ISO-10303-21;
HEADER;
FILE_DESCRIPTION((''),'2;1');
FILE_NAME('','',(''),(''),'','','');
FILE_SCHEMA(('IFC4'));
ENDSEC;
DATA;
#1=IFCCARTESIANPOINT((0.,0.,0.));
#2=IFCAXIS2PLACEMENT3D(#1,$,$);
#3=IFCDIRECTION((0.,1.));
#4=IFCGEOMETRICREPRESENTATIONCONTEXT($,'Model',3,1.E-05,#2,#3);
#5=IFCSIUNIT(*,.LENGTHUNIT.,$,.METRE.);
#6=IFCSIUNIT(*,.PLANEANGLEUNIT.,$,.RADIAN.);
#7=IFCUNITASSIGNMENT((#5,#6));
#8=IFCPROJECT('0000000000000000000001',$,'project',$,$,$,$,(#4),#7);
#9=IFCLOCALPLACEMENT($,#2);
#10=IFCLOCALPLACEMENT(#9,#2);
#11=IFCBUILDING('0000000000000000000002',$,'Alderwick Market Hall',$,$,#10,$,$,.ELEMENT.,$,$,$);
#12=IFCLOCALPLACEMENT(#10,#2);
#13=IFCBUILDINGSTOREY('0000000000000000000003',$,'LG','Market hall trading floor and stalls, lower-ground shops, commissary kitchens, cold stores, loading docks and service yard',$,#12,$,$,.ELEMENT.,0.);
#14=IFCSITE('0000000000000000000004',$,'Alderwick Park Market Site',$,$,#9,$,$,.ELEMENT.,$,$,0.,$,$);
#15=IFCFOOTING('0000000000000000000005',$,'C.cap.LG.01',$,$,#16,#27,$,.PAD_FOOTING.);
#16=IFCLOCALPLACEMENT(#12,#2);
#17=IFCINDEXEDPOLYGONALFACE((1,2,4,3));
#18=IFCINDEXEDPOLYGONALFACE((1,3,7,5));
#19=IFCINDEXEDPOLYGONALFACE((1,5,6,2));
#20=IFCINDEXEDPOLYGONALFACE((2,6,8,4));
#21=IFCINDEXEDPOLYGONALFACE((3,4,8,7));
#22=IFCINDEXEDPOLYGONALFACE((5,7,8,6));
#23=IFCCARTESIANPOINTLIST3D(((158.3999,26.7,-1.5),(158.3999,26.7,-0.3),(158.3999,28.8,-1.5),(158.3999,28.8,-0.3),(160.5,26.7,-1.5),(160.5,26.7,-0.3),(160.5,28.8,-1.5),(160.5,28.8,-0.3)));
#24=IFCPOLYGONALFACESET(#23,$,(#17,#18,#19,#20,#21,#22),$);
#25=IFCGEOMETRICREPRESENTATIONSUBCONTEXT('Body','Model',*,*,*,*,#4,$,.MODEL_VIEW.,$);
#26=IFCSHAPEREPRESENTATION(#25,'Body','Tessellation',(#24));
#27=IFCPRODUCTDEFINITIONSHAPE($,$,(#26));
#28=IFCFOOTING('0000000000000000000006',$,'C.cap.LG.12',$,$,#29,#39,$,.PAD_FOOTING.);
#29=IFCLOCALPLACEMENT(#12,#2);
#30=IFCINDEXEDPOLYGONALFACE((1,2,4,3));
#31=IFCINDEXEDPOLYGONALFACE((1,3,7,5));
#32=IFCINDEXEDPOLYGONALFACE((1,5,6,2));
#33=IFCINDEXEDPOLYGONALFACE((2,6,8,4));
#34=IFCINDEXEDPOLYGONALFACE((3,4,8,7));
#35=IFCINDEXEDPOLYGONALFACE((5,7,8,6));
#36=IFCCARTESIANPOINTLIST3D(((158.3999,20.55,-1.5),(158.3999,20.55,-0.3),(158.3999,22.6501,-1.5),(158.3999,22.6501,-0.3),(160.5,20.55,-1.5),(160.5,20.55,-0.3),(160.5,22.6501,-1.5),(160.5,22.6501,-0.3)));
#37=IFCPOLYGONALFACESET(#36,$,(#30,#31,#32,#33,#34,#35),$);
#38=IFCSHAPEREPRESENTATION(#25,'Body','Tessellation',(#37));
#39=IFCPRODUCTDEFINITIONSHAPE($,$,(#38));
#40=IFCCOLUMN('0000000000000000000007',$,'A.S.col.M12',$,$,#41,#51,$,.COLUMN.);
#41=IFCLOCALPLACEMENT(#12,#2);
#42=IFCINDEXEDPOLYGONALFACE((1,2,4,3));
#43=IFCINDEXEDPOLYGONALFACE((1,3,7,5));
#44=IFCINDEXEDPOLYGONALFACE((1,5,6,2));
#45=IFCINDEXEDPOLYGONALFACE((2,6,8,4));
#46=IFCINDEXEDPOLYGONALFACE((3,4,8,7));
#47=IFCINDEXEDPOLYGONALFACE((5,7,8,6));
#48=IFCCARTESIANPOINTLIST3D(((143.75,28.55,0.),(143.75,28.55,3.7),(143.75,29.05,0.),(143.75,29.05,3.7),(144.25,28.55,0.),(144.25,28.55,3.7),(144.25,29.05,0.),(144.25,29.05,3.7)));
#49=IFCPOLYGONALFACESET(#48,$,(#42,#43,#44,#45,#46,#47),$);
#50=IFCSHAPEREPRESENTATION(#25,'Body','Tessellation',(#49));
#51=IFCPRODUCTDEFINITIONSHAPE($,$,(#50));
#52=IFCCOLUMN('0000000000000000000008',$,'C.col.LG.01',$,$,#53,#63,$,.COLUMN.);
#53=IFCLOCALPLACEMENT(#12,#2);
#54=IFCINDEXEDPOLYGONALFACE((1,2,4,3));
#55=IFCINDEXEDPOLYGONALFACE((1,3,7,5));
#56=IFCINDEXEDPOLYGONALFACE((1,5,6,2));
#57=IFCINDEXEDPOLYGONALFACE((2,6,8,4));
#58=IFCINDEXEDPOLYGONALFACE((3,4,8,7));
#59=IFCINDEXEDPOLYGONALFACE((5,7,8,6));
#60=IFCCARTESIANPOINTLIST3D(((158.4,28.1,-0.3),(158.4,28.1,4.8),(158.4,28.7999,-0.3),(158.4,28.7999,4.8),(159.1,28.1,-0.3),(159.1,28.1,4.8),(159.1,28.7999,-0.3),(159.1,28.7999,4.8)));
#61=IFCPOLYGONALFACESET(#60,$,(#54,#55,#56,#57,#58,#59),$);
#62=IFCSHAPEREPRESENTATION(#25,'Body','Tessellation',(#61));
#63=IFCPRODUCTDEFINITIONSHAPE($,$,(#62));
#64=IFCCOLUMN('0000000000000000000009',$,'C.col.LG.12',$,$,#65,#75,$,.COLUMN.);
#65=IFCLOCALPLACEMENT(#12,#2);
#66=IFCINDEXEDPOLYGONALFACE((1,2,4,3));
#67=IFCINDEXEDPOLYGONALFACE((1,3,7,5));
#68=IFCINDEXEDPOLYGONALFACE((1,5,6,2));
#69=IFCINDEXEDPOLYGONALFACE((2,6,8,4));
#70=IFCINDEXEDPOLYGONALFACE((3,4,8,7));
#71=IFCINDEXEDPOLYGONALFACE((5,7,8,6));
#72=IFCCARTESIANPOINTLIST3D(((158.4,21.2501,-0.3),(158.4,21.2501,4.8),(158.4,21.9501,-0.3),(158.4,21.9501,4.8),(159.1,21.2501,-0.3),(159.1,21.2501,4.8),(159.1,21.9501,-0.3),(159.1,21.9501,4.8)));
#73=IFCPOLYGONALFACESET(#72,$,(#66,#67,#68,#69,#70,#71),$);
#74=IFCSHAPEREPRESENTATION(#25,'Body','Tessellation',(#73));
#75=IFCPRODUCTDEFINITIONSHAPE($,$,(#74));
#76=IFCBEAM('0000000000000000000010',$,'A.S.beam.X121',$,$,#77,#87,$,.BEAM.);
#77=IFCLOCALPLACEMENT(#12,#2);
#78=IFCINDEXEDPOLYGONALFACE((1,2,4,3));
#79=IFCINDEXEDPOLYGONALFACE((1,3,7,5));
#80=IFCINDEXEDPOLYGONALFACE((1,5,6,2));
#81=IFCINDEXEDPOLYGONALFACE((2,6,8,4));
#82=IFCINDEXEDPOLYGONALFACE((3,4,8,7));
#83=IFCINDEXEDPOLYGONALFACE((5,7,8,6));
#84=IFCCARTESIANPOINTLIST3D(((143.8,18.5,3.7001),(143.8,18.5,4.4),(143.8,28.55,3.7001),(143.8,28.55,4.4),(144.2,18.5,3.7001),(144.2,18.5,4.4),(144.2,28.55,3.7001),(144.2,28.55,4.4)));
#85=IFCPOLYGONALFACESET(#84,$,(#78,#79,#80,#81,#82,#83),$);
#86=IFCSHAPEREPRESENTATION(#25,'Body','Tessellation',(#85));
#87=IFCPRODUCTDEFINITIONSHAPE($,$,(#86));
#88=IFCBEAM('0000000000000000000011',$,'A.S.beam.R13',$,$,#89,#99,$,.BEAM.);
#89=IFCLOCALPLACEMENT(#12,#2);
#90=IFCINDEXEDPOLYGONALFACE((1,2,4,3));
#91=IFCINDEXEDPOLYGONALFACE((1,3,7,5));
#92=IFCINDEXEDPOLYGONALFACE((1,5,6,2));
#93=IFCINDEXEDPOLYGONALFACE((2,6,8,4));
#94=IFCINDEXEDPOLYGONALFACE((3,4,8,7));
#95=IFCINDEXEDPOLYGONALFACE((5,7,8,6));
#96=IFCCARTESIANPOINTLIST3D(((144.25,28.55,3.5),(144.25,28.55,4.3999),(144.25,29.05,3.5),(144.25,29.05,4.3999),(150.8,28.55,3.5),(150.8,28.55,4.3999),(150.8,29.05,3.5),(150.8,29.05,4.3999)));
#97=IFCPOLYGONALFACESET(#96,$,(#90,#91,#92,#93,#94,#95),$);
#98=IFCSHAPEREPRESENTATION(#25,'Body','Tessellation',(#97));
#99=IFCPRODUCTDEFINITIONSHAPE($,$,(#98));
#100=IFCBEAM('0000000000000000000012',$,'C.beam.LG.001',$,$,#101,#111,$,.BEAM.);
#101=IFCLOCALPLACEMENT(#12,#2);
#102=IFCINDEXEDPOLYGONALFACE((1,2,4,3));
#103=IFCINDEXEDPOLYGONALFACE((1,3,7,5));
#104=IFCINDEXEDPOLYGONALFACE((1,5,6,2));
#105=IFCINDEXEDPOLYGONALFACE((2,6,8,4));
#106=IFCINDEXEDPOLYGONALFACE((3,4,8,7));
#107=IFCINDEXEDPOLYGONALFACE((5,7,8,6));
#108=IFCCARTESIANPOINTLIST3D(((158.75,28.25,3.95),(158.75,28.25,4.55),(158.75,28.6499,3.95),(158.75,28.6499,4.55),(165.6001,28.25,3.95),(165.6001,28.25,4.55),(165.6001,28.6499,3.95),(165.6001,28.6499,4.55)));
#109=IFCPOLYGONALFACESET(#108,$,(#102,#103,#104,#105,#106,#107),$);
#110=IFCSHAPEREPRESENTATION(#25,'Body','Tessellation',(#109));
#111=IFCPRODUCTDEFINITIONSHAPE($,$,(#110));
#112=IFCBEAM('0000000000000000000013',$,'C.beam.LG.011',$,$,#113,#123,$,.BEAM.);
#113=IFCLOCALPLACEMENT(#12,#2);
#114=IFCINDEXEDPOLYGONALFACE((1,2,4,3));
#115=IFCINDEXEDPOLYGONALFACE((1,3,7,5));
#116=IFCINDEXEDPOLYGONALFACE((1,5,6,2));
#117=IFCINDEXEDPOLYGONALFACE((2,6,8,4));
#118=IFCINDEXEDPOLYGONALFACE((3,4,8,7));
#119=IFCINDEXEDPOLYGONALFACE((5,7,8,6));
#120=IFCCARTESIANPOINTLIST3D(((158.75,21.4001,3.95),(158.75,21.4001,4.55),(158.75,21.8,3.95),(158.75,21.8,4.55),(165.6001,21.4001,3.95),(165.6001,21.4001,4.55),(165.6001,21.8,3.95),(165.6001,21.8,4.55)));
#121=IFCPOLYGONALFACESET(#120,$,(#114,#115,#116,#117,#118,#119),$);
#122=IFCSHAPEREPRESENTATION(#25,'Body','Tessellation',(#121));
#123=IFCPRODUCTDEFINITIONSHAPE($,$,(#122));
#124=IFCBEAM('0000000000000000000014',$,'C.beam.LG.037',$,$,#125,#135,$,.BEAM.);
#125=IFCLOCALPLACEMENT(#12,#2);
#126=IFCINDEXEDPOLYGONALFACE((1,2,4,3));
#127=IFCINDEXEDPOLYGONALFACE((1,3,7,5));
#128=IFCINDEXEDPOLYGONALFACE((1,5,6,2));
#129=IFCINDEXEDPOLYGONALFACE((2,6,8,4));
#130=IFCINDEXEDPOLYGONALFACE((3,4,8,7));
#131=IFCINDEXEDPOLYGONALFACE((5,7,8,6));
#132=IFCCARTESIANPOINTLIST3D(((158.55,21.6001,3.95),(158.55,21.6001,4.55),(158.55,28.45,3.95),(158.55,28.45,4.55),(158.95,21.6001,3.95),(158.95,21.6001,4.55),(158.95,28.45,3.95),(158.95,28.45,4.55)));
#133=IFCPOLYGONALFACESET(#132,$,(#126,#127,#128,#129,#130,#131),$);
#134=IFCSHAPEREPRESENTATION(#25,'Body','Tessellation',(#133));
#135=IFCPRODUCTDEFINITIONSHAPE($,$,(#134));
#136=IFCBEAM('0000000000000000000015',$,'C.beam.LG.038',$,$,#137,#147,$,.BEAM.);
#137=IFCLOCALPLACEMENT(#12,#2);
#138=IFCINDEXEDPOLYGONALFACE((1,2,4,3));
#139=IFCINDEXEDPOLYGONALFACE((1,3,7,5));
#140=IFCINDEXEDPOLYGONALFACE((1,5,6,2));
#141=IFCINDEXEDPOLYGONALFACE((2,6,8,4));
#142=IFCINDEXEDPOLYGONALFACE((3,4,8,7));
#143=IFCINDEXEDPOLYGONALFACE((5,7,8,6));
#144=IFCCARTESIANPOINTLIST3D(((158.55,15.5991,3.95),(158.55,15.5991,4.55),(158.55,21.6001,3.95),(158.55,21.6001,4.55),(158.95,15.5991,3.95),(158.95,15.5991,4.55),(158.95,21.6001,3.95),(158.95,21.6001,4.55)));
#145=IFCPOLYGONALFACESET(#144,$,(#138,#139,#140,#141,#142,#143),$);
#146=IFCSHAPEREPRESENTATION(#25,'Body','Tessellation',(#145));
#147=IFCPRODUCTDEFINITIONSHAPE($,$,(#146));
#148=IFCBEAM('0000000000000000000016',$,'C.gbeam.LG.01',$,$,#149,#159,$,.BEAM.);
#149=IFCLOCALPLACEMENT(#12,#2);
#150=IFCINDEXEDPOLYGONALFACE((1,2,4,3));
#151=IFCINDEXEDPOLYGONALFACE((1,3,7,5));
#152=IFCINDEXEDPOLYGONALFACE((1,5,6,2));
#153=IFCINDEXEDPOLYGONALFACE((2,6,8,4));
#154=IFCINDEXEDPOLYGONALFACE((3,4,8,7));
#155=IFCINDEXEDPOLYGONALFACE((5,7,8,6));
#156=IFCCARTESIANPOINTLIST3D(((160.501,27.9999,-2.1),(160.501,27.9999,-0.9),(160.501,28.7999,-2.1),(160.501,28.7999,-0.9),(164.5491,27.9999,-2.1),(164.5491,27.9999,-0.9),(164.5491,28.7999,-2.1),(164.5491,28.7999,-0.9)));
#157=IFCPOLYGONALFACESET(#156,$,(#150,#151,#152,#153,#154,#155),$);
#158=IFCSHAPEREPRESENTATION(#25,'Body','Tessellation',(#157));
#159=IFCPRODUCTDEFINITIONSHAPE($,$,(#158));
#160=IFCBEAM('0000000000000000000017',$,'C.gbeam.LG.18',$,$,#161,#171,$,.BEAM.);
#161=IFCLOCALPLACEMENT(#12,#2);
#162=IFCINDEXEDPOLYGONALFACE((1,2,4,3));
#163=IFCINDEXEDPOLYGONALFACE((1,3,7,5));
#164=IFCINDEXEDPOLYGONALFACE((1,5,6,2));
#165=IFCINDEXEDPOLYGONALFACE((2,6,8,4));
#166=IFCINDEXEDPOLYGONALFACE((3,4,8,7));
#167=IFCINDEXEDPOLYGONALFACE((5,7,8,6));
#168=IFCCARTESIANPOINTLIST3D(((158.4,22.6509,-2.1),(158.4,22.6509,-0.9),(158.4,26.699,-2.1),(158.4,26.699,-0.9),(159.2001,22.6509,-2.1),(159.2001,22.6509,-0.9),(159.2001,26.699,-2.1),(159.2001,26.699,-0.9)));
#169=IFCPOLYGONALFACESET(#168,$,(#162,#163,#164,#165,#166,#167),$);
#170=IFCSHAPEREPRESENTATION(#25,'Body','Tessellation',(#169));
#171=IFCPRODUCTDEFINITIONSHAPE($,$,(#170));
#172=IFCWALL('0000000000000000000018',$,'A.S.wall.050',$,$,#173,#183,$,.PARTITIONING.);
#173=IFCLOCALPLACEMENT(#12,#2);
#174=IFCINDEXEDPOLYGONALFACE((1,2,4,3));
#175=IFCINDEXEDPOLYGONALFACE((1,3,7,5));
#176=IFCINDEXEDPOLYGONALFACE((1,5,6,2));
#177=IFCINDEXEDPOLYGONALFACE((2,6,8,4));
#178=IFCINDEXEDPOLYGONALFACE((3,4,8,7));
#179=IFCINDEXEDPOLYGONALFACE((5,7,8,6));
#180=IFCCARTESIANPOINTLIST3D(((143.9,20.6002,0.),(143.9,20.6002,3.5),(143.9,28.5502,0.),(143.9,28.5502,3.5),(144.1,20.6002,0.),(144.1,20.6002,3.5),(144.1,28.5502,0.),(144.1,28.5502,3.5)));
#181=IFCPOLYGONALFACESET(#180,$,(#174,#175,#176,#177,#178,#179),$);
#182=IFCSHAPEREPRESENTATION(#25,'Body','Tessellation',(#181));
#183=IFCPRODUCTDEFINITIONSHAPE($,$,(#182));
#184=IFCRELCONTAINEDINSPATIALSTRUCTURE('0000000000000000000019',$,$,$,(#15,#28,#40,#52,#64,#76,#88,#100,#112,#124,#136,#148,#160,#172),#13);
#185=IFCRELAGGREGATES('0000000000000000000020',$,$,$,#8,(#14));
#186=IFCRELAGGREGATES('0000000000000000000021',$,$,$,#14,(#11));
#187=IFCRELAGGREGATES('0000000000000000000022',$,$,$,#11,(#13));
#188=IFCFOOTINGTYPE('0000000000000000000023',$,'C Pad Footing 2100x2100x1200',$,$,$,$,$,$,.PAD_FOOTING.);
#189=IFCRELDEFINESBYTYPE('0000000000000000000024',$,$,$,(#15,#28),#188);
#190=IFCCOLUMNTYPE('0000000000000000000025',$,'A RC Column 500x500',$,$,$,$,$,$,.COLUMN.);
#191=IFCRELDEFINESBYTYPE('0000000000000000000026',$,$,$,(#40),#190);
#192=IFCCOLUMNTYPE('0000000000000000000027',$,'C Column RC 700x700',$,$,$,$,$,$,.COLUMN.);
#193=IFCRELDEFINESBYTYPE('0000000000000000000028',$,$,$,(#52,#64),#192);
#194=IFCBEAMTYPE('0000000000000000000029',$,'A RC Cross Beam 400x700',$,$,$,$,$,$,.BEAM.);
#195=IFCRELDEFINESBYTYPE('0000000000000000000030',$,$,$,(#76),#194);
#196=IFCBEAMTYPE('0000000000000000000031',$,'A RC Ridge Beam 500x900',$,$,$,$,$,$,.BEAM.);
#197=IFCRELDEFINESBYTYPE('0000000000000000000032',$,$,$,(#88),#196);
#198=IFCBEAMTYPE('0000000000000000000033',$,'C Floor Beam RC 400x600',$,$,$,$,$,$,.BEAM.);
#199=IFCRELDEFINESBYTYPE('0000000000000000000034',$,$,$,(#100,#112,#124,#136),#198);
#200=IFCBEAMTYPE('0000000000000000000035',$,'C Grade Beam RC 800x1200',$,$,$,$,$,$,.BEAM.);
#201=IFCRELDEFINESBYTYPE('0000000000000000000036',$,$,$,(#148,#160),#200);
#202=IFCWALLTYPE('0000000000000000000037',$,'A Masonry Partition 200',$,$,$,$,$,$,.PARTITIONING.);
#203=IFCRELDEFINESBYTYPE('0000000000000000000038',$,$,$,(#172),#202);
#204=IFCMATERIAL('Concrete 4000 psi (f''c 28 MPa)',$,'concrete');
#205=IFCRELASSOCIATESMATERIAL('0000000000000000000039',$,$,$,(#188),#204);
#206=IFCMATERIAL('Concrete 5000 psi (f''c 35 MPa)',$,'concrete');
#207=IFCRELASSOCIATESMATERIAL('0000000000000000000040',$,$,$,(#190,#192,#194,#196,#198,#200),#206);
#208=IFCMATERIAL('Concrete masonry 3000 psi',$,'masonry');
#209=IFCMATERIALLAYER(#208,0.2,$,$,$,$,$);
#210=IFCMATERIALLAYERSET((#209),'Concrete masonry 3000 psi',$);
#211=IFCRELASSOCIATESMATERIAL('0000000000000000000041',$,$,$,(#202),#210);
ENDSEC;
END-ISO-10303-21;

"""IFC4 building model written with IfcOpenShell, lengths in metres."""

from ifc_helpers import new_model, si_unit, direction, frame, frame_2d, origin, origin_2d, place, context, subcontext, project, spatial, rectangle, extrude, material, layer, layer_set, material_profile, profile_set, type_object, element, save


model = new_model("IFC4")

# Units and contexts
model_context = context("Model", 3, precision=1e-05, world=origin(), true_north=direction((0.0, 1.0)))
body_context = subcontext(model_context, "Body", "Model", "MODEL_VIEW")
ifc_project = project(units=[si_unit("LENGTHUNIT", "METRE"), si_unit("PLANEANGLEUNIT", "RADIAN")], contexts=[model_context])

# Site, building, storey
site_placement = place(None, origin())
site = spatial("IfcSite", under=ifc_project, at=site_placement, Name="Alderwick Park Market Site", CompositionType="ELEMENT", RefElevation=0.0)
building_placement = place(site_placement, origin())
building = spatial("IfcBuilding", under=site, at=building_placement, Name="Alderwick Market Hall", CompositionType="ELEMENT")
storey_placement = place(building_placement, origin())
storey = spatial("IfcBuildingStorey", under=building, at=storey_placement, Name="LG", Description="Market hall trading floor and stalls, lower-ground shops, commissary kitchens, cold stores, loading docks and service yard", CompositionType="ELEMENT", Elevation=0.0)

# Footings
ifc_material_1 = material(Name="Concrete 4000 psi (f'c 28 MPa)", Category="concrete")
footing_type = type_object("IfcFootingType", Name="C Pad Footing 2100x2100x1200", PredefinedType="PAD_FOOTING", material=ifc_material_1)
for number, where, z_axis, x_axis, name in (
    (1, (159.45, 27.75, -1.5), (0.0, 0.0, 1.0), (1.0, 0.0, 0.0), "C.cap.LG.01"),
    (2, (159.45, 21.6001, -1.5), (0.0, 0.0, 1.0), (1.0, 0.0, 0.0), "C.cap.LG.12"),
):
    element("IfcFooting", number, at=place(storey_placement, frame(where, z_axis=z_axis, x_axis=x_axis)), inside=storey, type_object=footing_type, Name=name, PredefinedType="PAD_FOOTING", context=body_context, shape_type="SweptSolid", body=[
        extrude(rectangle(XDim=2.1001, YDim=2.1001, at=origin_2d()), origin(), (0.0, 0.0, 1.0), 1.2),
    ])

# Columns
ifc_material_2 = material(Name="Concrete 5000 psi (f'c 35 MPa)", Category="concrete")
ifc_material_profile_1 = material_profile(ifc_material_2, rectangle(XDim=0.5, YDim=0.5, at=origin_2d()), Name="A RC Column 500x500")
ifc_profile_set_1 = profile_set([ifc_material_profile_1], Name="Concrete 5000 psi (f'c 35 MPa)")
column_type_1 = type_object("IfcColumnType", Name="A RC Column 500x500", PredefinedType="COLUMN", material=ifc_profile_set_1)
column_placement = place(storey_placement, frame((144.0, 28.8, 0.0), z_axis=(0.0, 0.0, 1.0), x_axis=(1.0, 0.0, 0.0)))
element("IfcColumn", 3, at=column_placement, inside=storey, type_object=column_type_1, Name="A.S.col.M12", PredefinedType="COLUMN", context=body_context, shape_type="SweptSolid", body=[
    extrude(rectangle(XDim=0.5, YDim=0.5, at=origin_2d()), origin(), (0.0, 0.0, 1.0), 3.7),
])
ifc_material_profile_2 = material_profile(ifc_material_2, rectangle(XDim=0.7, YDim=0.7, at=origin_2d()), Name="RC 700x700")
ifc_profile_set_2 = profile_set([ifc_material_profile_2], Name="Concrete 5000 psi (f'c 35 MPa)")
column_type_2 = type_object("IfcColumnType", Name="C Column RC 700x700", PredefinedType="COLUMN", material=ifc_profile_set_2)
for number, where, z_axis, x_axis, name in (
    (4, (158.75, 28.45, -0.3), (0.0, 0.0, 1.0), (1.0, 0.0, 0.0), "C.col.LG.01"),
    (5, (158.75, 21.6001, -0.3), (0.0, 0.0, 1.0), (1.0, 0.0, 0.0), "C.col.LG.12"),
):
    element("IfcColumn", number, at=place(storey_placement, frame(where, z_axis=z_axis, x_axis=x_axis)), inside=storey, type_object=column_type_2, Name=name, PredefinedType="COLUMN", context=body_context, shape_type="SweptSolid", body=[
        extrude(rectangle(XDim=0.7, YDim=0.7, at=origin_2d()), origin(), (0.0, 0.0, 1.0), 5.1001),
    ])

# Beams
ifc_material_profile_3 = material_profile(ifc_material_2, rectangle(XDim=0.3999, YDim=0.7, at=origin_2d()), Name="A RC Cross Beam 400x700")
ifc_profile_set_3 = profile_set([ifc_material_profile_3], Name="Concrete 5000 psi (f'c 35 MPa)")
beam_type_1 = type_object("IfcBeamType", Name="A RC Cross Beam 400x700", PredefinedType="BEAM", material=ifc_profile_set_3)
beam_1_placement = place(storey_placement, frame((144.0, 28.55, 4.05), z_axis=(0.0, -1.0, 0.0), x_axis=(1.0, 0.0, 0.0)))
element("IfcBeam", 6, at=beam_1_placement, inside=storey, type_object=beam_type_1, Name="A.S.beam.X121", PredefinedType="BEAM", context=body_context, shape_type="SweptSolid", body=[
    extrude(rectangle(XDim=0.3999, YDim=0.7, at=origin_2d()), origin(), (0.0, 0.0, 1.0), 10.05),
])
ifc_material_profile_4 = material_profile(ifc_material_2, rectangle(XDim=0.5, YDim=0.8999, at=origin_2d()), Name="A RC Ridge Beam 500x900")
ifc_profile_set_4 = profile_set([ifc_material_profile_4], Name="Concrete 5000 psi (f'c 35 MPa)")
beam_type_2 = type_object("IfcBeamType", Name="A RC Ridge Beam 500x900", PredefinedType="BEAM", material=ifc_profile_set_4)
beam_2_placement = place(storey_placement, frame((144.25, 28.8, 3.95), z_axis=(1.0, 0.0, 0.0), x_axis=(0.0, 1.0, 0.0)))
element("IfcBeam", 7, at=beam_2_placement, inside=storey, type_object=beam_type_2, Name="A.S.beam.R13", PredefinedType="BEAM", context=body_context, shape_type="SweptSolid", body=[
    extrude(rectangle(XDim=0.5, YDim=0.8999, at=origin_2d()), origin(), (0.0, 0.0, 1.0), 6.55),
])
ifc_material_profile_5 = material_profile(ifc_material_2, rectangle(XDim=0.3999, YDim=0.6001, at=origin_2d()), Name="RC 400x600")
ifc_profile_set_5 = profile_set([ifc_material_profile_5], Name="Concrete 5000 psi (f'c 35 MPa)")
beam_type_3 = type_object("IfcBeamType", Name="C Floor Beam RC 400x600", PredefinedType="BEAM", material=ifc_profile_set_5)
for number, where, z_axis, x_axis, name in (
    (8, (158.75, 28.45, 4.25), (1.0, 0.0, 0.0), (0.0, 1.0, 0.0), "C.beam.LG.001"),
    (9, (158.75, 21.6001, 4.25), (1.0, 0.0, 0.0), (0.0, 1.0, 0.0), "C.beam.LG.011"),
):
    element("IfcBeam", number, at=place(storey_placement, frame(where, z_axis=z_axis, x_axis=x_axis)), inside=storey, type_object=beam_type_3, Name=name, PredefinedType="BEAM", context=body_context, shape_type="SweptSolid", body=[
        extrude(rectangle(XDim=0.3999, YDim=0.6001, at=origin_2d()), origin(), (0.0, 0.0, 1.0), 6.8501),
    ])
beam_3_placement = place(storey_placement, frame((158.75, 28.45, 4.25), z_axis=(0.0, -1.0, 0.0), x_axis=(1.0, 0.0, 0.0)))
element("IfcBeam", 10, at=beam_3_placement, inside=storey, type_object=beam_type_3, Name="C.beam.LG.037", PredefinedType="BEAM", context=body_context, shape_type="SweptSolid", body=[
    extrude(rectangle(XDim=0.3999, YDim=0.6001, at=origin_2d()), origin(), (0.0, 0.0, 1.0), 6.8499),
])
beam_4_placement = place(storey_placement, frame((158.75, 21.6001, 4.25), z_axis=(0.0, -1.0, 0.0), x_axis=(1.0, 0.0, 0.0)))
element("IfcBeam", 11, at=beam_4_placement, inside=storey, type_object=beam_type_3, Name="C.beam.LG.038", PredefinedType="BEAM", context=body_context, shape_type="SweptSolid", body=[
    extrude(rectangle(XDim=0.3999, YDim=0.6001, at=origin_2d()), origin(), (0.0, 0.0, 1.0), 6.001),
])
ifc_material_profile_6 = material_profile(ifc_material_2, rectangle(XDim=0.8, YDim=1.2, at=origin_2d()), Name="RC 800x1200")
ifc_profile_set_6 = profile_set([ifc_material_profile_6], Name="Concrete 5000 psi (f'c 35 MPa)")
beam_type_4 = type_object("IfcBeamType", Name="C Grade Beam RC 800x1200", PredefinedType="BEAM", material=ifc_profile_set_6)
for number, where, z_axis, x_axis, name in (
    (12, (160.501, 28.3999, -1.5), (1.0, 0.0, 0.0), (0.0, 1.0, 0.0), "C.gbeam.LG.01"),
    (13, (158.8, 22.6509, -1.5), (0.0, 1.0, 0.0), (-1.0, 0.0, 0.0), "C.gbeam.LG.18"),
):
    element("IfcBeam", number, at=place(storey_placement, frame(where, z_axis=z_axis, x_axis=x_axis)), inside=storey, type_object=beam_type_4, Name=name, PredefinedType="BEAM", context=body_context, shape_type="SweptSolid", body=[
        extrude(rectangle(XDim=0.8, YDim=1.2, at=origin_2d()), origin(), (0.0, 0.0, 1.0), 4.0481),
    ])

# Wall
ifc_material_3 = material(Name="Concrete masonry 3000 psi", Category="masonry")
ifc_layer_1 = layer(ifc_material_3, 0.2)
ifc_layer_set_1 = layer_set([ifc_layer_1], Name="Concrete masonry 3000 psi")
wall_type_1 = type_object("IfcWallType", Name="A Masonry Partition 200", PredefinedType="PARTITIONING", material=ifc_layer_set_1)
wall_1_placement = place(storey_placement, frame((144.0, 20.6001, 0.0), z_axis=(0.0, 0.0, 1.0), x_axis=(0.0, 1.0, 0.0)))
element("IfcWall", 14, at=wall_1_placement, inside=storey, type_object=wall_type_1, Name="A.S.wall.050", PredefinedType="PARTITIONING", context=body_context, shape_type="SweptSolid", body=[
    extrude(rectangle(XDim=7.95, YDim=0.2, at=frame_2d((3.9751, 0.0))), origin(), (0.0, 0.0, 1.0), 3.5),
])

save(model, "model.ifc")
